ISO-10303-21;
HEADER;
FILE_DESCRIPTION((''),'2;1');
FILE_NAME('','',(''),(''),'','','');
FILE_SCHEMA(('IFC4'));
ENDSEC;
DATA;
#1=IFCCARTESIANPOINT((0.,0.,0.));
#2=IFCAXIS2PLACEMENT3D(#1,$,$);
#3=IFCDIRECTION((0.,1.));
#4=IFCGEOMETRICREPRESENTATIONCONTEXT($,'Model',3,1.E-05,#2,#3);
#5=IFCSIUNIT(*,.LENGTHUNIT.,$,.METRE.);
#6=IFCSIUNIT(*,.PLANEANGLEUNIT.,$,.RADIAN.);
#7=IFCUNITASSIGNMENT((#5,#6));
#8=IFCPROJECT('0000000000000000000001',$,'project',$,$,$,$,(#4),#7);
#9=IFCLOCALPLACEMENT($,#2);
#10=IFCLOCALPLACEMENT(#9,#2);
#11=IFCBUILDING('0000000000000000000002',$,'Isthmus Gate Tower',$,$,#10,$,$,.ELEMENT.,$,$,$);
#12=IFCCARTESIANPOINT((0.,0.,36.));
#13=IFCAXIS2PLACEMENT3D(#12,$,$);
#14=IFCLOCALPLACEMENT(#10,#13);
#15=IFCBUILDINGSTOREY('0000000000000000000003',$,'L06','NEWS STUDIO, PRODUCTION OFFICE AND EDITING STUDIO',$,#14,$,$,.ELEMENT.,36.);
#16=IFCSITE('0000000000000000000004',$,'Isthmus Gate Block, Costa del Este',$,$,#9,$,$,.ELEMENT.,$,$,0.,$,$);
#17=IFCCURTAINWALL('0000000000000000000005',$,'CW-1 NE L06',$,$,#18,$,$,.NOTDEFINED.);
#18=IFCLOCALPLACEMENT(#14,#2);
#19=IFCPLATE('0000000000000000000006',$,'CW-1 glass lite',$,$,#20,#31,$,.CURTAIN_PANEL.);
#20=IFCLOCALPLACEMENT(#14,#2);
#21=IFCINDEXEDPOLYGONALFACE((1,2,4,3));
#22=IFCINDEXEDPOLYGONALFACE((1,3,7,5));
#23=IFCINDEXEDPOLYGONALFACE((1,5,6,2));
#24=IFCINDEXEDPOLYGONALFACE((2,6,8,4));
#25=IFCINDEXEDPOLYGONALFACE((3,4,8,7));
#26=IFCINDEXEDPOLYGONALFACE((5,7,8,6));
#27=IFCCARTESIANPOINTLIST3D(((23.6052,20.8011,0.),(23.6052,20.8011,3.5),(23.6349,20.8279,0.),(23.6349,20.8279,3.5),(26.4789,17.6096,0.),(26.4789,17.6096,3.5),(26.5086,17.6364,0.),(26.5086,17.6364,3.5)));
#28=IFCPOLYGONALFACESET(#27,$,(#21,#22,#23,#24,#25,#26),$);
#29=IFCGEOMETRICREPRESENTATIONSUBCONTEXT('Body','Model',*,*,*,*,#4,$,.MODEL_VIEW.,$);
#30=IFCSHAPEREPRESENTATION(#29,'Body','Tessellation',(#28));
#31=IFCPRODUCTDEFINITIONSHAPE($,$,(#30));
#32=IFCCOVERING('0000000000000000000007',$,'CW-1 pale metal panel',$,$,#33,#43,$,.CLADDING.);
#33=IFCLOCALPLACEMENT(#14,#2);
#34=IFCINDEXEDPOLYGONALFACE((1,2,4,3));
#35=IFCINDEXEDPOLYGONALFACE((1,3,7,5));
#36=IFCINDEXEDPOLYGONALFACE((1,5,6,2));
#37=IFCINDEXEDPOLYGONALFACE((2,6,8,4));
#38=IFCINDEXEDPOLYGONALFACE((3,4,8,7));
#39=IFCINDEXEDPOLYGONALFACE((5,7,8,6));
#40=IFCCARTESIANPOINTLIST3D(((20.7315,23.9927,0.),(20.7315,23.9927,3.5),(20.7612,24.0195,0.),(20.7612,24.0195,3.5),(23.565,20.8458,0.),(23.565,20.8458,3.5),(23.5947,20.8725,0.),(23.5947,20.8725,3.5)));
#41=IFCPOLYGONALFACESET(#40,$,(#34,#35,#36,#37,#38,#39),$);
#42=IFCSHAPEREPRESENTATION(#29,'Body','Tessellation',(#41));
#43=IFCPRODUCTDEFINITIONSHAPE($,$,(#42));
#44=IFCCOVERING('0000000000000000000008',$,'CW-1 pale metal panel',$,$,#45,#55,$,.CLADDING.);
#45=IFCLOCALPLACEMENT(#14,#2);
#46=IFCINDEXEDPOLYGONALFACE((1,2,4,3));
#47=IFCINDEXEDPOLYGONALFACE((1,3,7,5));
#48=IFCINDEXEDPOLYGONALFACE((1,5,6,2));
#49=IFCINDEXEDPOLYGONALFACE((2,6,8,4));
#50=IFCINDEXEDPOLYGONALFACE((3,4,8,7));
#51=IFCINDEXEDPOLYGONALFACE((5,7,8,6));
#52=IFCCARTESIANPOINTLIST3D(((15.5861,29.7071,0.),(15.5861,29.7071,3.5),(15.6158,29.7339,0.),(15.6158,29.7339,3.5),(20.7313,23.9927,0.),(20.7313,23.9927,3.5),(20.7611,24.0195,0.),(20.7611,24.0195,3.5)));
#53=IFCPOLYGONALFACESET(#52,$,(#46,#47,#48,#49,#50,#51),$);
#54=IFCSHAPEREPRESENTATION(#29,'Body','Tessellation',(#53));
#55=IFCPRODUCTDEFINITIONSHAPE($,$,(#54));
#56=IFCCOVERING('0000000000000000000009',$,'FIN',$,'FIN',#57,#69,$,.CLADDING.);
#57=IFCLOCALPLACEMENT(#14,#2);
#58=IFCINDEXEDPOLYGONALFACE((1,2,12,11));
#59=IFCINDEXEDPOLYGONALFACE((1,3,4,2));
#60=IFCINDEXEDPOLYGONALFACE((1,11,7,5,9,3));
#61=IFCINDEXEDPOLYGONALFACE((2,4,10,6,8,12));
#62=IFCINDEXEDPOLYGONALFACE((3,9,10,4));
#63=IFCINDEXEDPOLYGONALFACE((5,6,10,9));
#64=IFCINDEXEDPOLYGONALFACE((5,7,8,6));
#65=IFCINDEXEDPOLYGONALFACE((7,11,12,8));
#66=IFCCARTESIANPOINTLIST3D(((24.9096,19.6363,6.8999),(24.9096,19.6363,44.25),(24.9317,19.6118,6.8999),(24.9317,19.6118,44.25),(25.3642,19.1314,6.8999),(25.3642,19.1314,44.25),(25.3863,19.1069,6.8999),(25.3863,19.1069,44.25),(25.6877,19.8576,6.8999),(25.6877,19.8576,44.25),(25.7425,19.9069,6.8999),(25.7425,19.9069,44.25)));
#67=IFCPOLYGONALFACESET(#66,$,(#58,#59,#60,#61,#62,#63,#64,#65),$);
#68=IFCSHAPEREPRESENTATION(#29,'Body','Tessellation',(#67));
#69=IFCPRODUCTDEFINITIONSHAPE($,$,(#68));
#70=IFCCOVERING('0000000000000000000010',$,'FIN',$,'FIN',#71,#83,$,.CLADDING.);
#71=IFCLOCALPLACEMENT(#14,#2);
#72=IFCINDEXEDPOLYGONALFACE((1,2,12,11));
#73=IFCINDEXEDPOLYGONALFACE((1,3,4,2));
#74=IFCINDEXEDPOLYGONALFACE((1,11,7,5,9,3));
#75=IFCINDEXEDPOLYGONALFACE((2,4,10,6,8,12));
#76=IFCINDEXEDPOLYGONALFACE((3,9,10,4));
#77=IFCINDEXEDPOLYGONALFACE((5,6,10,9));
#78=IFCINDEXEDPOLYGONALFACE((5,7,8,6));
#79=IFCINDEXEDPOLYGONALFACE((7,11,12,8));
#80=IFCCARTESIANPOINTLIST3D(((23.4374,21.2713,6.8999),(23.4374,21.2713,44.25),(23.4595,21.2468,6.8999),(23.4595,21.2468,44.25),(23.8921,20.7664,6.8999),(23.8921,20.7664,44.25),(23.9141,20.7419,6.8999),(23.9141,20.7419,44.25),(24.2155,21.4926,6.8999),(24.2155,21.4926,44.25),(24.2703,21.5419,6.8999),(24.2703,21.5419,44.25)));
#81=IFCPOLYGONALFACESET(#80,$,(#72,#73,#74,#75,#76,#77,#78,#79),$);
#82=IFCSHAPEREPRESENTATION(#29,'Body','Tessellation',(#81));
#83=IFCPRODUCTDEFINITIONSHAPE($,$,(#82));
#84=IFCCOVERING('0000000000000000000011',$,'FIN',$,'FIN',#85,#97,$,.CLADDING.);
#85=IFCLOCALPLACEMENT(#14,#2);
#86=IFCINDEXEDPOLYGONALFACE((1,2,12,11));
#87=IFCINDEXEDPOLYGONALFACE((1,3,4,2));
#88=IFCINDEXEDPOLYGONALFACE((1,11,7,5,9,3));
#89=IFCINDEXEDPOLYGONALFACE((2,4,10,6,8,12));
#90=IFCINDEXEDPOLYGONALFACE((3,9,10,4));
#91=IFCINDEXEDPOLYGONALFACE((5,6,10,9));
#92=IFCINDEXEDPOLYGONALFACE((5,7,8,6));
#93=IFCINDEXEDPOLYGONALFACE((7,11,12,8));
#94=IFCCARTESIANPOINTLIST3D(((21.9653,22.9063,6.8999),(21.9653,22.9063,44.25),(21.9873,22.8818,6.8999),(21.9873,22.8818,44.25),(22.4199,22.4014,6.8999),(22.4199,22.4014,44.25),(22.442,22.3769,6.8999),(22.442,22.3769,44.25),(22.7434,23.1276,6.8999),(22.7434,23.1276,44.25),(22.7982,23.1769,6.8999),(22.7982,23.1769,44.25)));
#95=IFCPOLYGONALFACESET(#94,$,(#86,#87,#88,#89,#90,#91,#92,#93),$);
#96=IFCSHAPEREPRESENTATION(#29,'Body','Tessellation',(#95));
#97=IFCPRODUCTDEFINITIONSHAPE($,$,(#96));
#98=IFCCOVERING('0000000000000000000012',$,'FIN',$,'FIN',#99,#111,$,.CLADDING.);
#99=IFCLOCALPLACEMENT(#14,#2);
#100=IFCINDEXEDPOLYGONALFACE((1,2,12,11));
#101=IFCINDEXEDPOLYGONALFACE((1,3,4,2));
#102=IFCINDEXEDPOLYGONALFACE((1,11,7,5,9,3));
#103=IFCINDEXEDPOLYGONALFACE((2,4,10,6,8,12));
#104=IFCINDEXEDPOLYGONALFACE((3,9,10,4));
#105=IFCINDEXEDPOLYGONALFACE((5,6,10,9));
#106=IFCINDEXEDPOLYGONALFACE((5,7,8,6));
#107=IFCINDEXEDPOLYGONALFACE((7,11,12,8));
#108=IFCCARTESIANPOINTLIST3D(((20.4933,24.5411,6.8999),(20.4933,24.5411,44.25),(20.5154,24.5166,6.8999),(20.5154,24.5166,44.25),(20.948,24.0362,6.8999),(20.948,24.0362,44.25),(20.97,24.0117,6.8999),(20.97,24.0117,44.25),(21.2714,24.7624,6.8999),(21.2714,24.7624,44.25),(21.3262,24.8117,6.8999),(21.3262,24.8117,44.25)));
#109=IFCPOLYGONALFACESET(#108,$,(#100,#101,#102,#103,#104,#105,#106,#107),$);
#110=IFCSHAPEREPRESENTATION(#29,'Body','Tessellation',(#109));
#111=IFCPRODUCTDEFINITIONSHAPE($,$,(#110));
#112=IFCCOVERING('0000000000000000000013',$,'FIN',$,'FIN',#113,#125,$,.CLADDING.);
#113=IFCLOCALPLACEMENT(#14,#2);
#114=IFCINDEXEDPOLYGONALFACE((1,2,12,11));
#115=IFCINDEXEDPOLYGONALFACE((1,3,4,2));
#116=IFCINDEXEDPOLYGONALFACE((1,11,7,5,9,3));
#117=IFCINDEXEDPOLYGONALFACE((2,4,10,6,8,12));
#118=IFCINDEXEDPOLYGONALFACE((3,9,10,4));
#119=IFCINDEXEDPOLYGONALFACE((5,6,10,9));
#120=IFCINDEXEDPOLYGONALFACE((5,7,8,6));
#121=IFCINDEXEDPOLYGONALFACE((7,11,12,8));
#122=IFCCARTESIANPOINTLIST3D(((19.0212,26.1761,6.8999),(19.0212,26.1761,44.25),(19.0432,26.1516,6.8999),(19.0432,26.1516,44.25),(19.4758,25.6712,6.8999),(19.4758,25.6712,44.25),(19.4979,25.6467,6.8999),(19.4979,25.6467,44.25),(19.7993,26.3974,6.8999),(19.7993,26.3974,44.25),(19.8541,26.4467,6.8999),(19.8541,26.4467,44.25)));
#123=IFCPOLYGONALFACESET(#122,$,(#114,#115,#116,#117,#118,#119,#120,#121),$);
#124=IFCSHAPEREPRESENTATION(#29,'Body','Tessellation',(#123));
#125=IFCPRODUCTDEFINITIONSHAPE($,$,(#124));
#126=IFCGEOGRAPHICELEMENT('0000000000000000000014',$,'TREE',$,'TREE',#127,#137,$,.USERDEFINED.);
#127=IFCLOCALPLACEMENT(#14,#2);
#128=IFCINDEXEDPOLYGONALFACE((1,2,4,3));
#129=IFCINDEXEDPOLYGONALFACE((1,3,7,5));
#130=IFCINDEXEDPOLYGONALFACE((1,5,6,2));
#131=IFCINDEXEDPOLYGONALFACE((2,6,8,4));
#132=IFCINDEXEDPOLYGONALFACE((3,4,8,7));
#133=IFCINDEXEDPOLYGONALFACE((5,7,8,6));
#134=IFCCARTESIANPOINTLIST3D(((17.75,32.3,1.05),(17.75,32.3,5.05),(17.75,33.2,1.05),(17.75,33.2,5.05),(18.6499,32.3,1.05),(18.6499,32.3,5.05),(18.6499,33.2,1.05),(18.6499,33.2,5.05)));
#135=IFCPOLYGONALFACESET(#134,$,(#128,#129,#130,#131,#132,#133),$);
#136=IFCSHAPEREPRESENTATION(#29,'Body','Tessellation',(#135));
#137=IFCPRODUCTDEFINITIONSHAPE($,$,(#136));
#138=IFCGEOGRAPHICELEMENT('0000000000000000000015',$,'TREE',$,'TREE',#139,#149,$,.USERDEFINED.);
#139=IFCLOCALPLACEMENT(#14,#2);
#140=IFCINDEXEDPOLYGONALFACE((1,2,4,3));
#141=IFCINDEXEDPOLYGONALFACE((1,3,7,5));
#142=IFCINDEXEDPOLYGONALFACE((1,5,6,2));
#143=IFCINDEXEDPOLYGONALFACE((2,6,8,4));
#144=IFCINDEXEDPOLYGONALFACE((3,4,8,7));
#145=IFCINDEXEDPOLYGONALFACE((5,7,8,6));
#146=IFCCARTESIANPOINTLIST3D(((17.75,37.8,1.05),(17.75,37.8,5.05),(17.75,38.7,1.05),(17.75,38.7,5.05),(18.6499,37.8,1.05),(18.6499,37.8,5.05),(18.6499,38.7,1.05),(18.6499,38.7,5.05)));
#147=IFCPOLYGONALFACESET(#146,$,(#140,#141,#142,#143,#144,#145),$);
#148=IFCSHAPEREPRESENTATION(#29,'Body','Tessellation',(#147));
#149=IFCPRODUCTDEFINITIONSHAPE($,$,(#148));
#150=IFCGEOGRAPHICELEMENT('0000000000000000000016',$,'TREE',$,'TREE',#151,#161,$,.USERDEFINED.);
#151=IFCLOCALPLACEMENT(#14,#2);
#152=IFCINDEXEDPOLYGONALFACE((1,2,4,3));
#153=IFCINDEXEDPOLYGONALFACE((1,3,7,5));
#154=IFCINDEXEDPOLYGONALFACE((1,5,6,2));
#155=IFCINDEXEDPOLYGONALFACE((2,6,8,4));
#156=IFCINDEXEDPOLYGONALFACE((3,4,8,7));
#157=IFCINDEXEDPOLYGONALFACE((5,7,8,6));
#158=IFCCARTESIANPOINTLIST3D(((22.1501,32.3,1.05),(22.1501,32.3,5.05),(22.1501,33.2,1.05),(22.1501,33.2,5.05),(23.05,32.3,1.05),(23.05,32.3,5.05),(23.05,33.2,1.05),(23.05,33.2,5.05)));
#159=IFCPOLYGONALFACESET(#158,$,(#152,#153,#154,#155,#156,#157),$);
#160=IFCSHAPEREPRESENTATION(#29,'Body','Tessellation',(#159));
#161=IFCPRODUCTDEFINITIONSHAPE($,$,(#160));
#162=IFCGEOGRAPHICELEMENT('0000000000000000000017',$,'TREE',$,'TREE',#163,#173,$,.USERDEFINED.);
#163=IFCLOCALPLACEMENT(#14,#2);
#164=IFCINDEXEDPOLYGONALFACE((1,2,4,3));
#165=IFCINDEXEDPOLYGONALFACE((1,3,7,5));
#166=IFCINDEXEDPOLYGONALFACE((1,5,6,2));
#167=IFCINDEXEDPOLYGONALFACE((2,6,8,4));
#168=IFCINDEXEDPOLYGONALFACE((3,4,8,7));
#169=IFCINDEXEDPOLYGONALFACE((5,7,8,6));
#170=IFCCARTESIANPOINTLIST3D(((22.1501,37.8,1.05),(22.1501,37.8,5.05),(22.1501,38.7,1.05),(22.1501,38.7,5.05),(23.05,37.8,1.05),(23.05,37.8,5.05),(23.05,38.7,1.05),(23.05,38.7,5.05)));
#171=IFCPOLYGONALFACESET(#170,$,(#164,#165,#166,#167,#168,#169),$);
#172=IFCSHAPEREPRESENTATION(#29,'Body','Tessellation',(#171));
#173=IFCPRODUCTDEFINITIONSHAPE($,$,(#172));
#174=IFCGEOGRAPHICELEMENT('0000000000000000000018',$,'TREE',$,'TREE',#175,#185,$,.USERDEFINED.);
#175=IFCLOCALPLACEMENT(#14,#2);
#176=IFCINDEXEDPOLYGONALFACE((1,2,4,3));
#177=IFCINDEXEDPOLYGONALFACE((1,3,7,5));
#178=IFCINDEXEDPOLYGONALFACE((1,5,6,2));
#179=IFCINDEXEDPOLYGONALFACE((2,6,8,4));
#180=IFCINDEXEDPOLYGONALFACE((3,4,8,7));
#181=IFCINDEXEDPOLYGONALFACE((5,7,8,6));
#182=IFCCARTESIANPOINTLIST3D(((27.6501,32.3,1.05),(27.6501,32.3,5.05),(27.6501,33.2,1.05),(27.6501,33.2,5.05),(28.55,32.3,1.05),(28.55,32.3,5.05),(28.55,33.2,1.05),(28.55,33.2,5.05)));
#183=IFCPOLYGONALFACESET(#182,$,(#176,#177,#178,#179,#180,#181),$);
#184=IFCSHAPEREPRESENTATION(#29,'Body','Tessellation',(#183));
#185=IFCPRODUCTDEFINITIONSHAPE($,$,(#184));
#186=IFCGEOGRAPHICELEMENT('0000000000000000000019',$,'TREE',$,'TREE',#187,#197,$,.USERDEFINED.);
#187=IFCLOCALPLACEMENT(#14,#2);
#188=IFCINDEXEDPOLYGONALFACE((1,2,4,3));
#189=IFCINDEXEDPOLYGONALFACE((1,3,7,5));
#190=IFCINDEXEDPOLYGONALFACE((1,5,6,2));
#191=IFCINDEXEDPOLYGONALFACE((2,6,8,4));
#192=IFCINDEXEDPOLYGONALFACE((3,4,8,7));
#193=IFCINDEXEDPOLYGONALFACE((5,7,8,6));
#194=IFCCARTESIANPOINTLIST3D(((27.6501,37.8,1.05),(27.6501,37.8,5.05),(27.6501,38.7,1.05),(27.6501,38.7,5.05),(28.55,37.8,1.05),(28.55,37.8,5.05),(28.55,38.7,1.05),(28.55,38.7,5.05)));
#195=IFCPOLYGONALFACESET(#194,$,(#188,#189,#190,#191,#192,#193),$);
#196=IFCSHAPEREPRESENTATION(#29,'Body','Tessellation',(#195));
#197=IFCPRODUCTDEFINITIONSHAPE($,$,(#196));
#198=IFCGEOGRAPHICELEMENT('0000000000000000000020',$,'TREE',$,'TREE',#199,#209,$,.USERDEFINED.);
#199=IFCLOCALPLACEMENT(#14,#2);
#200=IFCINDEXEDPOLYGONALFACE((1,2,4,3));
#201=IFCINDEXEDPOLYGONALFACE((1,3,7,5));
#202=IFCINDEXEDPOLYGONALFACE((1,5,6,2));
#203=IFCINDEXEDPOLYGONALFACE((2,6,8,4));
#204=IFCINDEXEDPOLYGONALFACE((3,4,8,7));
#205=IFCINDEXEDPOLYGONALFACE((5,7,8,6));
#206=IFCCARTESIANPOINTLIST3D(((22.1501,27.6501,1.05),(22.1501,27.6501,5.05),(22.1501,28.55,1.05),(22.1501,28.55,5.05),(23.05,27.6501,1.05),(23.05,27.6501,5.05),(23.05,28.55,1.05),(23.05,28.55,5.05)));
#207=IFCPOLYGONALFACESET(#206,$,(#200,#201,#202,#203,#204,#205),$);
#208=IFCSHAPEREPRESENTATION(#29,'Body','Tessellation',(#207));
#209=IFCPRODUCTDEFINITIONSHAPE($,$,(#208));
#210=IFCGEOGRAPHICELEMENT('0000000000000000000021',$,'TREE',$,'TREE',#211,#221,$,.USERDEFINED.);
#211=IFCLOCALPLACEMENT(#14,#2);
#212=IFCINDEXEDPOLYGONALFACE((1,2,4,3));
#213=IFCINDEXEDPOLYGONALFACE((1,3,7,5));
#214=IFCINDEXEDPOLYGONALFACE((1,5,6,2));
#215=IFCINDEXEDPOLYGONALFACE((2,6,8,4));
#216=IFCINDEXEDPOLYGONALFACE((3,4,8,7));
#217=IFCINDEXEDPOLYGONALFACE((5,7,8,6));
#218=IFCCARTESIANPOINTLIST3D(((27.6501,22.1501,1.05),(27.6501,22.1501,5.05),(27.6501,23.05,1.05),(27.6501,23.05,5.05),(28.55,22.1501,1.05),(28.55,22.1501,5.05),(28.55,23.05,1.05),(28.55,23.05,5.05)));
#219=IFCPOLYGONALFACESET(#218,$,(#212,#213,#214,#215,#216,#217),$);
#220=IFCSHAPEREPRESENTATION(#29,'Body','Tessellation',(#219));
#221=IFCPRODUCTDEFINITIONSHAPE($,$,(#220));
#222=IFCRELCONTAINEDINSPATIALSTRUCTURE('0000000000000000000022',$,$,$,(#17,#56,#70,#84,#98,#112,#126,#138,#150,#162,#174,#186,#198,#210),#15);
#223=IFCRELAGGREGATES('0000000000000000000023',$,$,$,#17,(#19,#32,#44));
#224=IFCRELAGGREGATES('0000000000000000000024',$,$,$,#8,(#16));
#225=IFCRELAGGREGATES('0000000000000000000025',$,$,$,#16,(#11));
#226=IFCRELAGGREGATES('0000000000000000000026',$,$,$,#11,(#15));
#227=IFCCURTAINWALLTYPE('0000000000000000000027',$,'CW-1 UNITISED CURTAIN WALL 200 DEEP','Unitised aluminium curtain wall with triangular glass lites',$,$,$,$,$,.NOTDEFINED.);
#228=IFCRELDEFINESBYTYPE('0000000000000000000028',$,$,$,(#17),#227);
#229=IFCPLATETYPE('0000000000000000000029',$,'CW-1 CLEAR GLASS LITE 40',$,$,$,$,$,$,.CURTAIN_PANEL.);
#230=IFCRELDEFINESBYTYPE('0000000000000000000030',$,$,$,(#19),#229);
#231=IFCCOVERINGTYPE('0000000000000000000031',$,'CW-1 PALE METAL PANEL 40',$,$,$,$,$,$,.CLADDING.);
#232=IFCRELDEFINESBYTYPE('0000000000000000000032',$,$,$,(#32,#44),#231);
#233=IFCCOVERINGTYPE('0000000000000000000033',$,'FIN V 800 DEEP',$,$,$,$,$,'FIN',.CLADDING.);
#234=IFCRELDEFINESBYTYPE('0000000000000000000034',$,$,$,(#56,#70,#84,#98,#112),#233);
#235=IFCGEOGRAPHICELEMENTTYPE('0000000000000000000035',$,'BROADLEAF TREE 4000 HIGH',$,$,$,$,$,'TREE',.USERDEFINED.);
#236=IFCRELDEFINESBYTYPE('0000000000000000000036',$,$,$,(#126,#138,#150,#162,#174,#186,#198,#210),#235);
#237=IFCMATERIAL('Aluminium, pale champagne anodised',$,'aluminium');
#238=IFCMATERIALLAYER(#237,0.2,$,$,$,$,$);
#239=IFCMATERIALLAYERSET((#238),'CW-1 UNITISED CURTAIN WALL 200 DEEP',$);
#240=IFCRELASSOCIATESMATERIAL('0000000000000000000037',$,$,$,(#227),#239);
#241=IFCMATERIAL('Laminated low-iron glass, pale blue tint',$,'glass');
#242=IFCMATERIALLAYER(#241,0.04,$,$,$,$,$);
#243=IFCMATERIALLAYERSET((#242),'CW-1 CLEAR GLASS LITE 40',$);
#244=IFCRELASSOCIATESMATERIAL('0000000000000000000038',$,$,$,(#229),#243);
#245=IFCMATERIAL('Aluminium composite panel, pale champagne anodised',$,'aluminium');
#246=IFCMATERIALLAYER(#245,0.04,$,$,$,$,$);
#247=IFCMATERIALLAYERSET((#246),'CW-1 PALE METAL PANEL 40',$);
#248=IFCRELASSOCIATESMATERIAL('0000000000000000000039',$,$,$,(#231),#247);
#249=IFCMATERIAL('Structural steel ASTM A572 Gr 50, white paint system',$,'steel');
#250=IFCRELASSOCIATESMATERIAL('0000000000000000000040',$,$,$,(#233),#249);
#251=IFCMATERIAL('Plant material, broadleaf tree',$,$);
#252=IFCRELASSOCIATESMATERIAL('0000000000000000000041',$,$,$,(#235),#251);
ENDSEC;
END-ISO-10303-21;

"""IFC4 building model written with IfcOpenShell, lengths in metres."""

from ifc_helpers import new_model, si_unit, direction, frame, origin, origin_2d, place, context, subcontext, project, spatial, polyline, rectangle, outline, extrude, material, layer, layer_set, material_profile, profile_set, type_object, element, aggregate, save


model = new_model("IFC4")

# Units and contexts
model_context = context("Model", 3, precision=1e-05, world=origin(), true_north=direction((0.0, 1.0)))
body_context = subcontext(model_context, "Body", "Model", "MODEL_VIEW")
ifc_project = project(units=[si_unit("LENGTHUNIT", "METRE"), si_unit("PLANEANGLEUNIT", "RADIAN")], contexts=[model_context])

# Site, building, storey
site_placement = place(None, origin())
site = spatial("IfcSite", under=ifc_project, at=site_placement, Name="Isthmus Gate Block, Costa del Este", CompositionType="ELEMENT", RefElevation=0.0)
building_placement = place(site_placement, origin())
building = spatial("IfcBuilding", under=site, at=building_placement, Name="Isthmus Gate Tower", CompositionType="ELEMENT")
storey_placement = place(building_placement, frame((0.0, 0.0, 36.0)))
storey = spatial("IfcBuildingStorey", under=building, at=storey_placement, Name="L06", Description="NEWS STUDIO, PRODUCTION OFFICE AND EDITING STUDIO", CompositionType="ELEMENT", Elevation=36.0)

# Curtain wall
ifc_material_1 = material(Name="Aluminium, pale champagne anodised", Category="aluminium")
ifc_layer_1 = layer(ifc_material_1, 0.2)
ifc_layer_set_1 = layer_set([ifc_layer_1], Name="CW-1 UNITISED CURTAIN WALL 200 DEEP")
curtain_wall_type = type_object("IfcCurtainWallType", Name="CW-1 UNITISED CURTAIN WALL 200 DEEP", Description="Unitised aluminium curtain wall with triangular glass lites", PredefinedType="NOTDEFINED", material=ifc_layer_set_1)
curtain_wall_placement = place(storey_placement, origin())
curtain_wall = element("IfcCurtainWall", 1, at=curtain_wall_placement, inside=storey, type_object=curtain_wall_type, Name="CW-1 NE L06", PredefinedType="NOTDEFINED")

# Plate
ifc_material_2 = material(Name="Laminated low-iron glass, pale blue tint", Category="glass")
ifc_layer_2 = layer(ifc_material_2, 0.04)
ifc_layer_set_2 = layer_set([ifc_layer_2], Name="CW-1 CLEAR GLASS LITE 40")
plate_type = type_object("IfcPlateType", Name="CW-1 CLEAR GLASS LITE 40", PredefinedType="CURTAIN_PANEL", material=ifc_layer_set_2)
plate_placement = place(storey_placement, frame((25.0569, 19.2188, 0.0), z_axis=(0.0, 0.0, 1.0), x_axis=(-0.669131, 0.743145, 0.0)))
plate = element("IfcPlate", 2, at=plate_placement, type_object=plate_type, Name="CW-1 glass lite", PredefinedType="CURTAIN_PANEL", context=body_context, shape_type="SweptSolid", body=[
    extrude(rectangle(XDim=4.2947, YDim=0.04, at=origin_2d()), origin(), (0.0, 0.0, 1.0), 3.5),
])

# Coverings
ifc_material_3 = material(Name="Aluminium composite panel, pale champagne anodised", Category="aluminium")
ifc_layer_3 = layer(ifc_material_3, 0.04)
ifc_layer_set_3 = layer_set([ifc_layer_3], Name="CW-1 PALE METAL PANEL 40")
covering_type_1 = type_object("IfcCoveringType", Name="CW-1 PALE METAL PANEL 40", PredefinedType="CLADDING", material=ifc_layer_set_3)
covering_1_placement = place(storey_placement, frame((22.1631, 22.4326, 0.0), z_axis=(0.0, 0.0, 1.0), x_axis=(-0.669131, 0.743145, 0.0)))
covering_1 = element("IfcCovering", 3, at=covering_1_placement, type_object=covering_type_1, Name="CW-1 pale metal panel", PredefinedType="CLADDING", context=body_context, shape_type="SweptSolid", body=[
    extrude(rectangle(XDim=4.2346, YDim=0.04, at=origin_2d()), origin(), (0.0, 0.0, 1.0), 3.5),
])
covering_2_placement = place(storey_placement, frame((18.1736, 26.8633, 0.0), z_axis=(0.0, 0.0, 1.0), x_axis=(-0.669131, 0.743145, 0.0)))
covering_2 = element("IfcCovering", 4, at=covering_2_placement, type_object=covering_type_1, Name="CW-1 pale metal panel", PredefinedType="CLADDING", context=body_context, shape_type="SweptSolid", body=[
    extrude(rectangle(XDim=7.6895, YDim=0.04, at=origin_2d()), origin(), (0.0, 0.0, 1.0), 3.5),
])
aggregate(curtain_wall, [plate, covering_1, covering_2])

# Coverings
ifc_material_4 = material(Name="Structural steel ASTM A572 Gr 50, white paint system", Category="steel")
ifc_material_profile_1 = material_profile(ifc_material_4, outline(polyline([(0.0, -0.3562), (0.8, 0.0), (0.0, 0.3562), (0.0, 0.3232), (0.7263, 0.0), (0.0, -0.3232), (0.0, -0.3562)])), Name="V800")
ifc_profile_set_1 = profile_set([ifc_material_profile_1], Name="Structural steel ASTM A572 Gr 50, white paint system")
covering_type_2 = type_object("IfcCoveringType", Name="FIN V 800 DEEP", ElementType="FIN", PredefinedType="CLADDING", material=ifc_profile_set_1)
for number, where, z_axis, x_axis, name in (
    (5, (25.1479, 19.3716, 6.8999), (0.0, 0.0, 1.0), (0.743145, 0.669131, 0.0), "FIN"),
    (6, (23.6758, 21.0066, 6.8999), (0.0, 0.0, 1.0), (0.743145, 0.669131, 0.0), "FIN"),
    (7, (22.2036, 22.6416, 6.8999), (0.0, 0.0, 1.0), (0.743145, 0.669131, 0.0), "FIN"),
    (8, (20.7317, 24.2764, 6.8999), (0.0, 0.0, 1.0), (0.743145, 0.669131, 0.0), "FIN"),
    (9, (19.2595, 25.9114, 6.8999), (0.0, 0.0, 1.0), (0.743145, 0.669131, 0.0), "FIN"),
):
    element("IfcCovering", number, at=place(storey_placement, frame(where, z_axis=z_axis, x_axis=x_axis)), inside=storey, type_object=covering_type_2, Name=name, ObjectType="FIN", PredefinedType="CLADDING", context=body_context, shape_type="SweptSolid", body=[
        extrude(outline(polyline([(0.0, -0.3562), (0.8, 0.0), (0.0, 0.3562), (0.0, 0.3232), (0.7263, 0.0), (0.0, -0.3232), (0.0, -0.3562)])), origin(), (0.0, 0.0, 1.0), 37.3501),
    ])

# Geographic elements
ifc_material_5 = material(Name="Plant material, broadleaf tree")
geographic_element_type = type_object("IfcGeographicElementType", Name="BROADLEAF TREE 4000 HIGH", ElementType="TREE", PredefinedType="USERDEFINED", material=ifc_material_5)
for number, where, z_axis, x_axis, name in (
    (10, (18.2, 32.75, 1.05), (0.0, 0.0, 1.0), (1.0, 0.0, 0.0), "TREE"),
    (11, (18.2, 38.25, 1.05), (0.0, 0.0, 1.0), (1.0, 0.0, 0.0), "TREE"),
    (12, (22.6001, 32.75, 1.05), (0.0, 0.0, 1.0), (1.0, 0.0, 0.0), "TREE"),
    (13, (22.6001, 38.25, 1.05), (0.0, 0.0, 1.0), (1.0, 0.0, 0.0), "TREE"),
    (14, (28.1001, 32.75, 1.05), (0.0, 0.0, 1.0), (1.0, 0.0, 0.0), "TREE"),
    (15, (28.1001, 38.25, 1.05), (0.0, 0.0, 1.0), (1.0, 0.0, 0.0), "TREE"),
    (16, (22.6001, 28.1001, 1.05), (0.0, 0.0, 1.0), (1.0, 0.0, 0.0), "TREE"),
    (17, (28.1001, 22.6001, 1.05), (0.0, 0.0, 1.0), (1.0, 0.0, 0.0), "TREE"),
):
    element("IfcGeographicElement", number, at=place(storey_placement, frame(where, z_axis=z_axis, x_axis=x_axis)), inside=storey, type_object=geographic_element_type, Name=name, ObjectType="TREE", PredefinedType="USERDEFINED", context=body_context, shape_type="SweptSolid", body=[
        extrude(rectangle(XDim=0.8999, YDim=0.8999, at=origin_2d()), origin(), (0.0, 0.0, 1.0), 4.0),
    ])

save(model, "model.ifc")
